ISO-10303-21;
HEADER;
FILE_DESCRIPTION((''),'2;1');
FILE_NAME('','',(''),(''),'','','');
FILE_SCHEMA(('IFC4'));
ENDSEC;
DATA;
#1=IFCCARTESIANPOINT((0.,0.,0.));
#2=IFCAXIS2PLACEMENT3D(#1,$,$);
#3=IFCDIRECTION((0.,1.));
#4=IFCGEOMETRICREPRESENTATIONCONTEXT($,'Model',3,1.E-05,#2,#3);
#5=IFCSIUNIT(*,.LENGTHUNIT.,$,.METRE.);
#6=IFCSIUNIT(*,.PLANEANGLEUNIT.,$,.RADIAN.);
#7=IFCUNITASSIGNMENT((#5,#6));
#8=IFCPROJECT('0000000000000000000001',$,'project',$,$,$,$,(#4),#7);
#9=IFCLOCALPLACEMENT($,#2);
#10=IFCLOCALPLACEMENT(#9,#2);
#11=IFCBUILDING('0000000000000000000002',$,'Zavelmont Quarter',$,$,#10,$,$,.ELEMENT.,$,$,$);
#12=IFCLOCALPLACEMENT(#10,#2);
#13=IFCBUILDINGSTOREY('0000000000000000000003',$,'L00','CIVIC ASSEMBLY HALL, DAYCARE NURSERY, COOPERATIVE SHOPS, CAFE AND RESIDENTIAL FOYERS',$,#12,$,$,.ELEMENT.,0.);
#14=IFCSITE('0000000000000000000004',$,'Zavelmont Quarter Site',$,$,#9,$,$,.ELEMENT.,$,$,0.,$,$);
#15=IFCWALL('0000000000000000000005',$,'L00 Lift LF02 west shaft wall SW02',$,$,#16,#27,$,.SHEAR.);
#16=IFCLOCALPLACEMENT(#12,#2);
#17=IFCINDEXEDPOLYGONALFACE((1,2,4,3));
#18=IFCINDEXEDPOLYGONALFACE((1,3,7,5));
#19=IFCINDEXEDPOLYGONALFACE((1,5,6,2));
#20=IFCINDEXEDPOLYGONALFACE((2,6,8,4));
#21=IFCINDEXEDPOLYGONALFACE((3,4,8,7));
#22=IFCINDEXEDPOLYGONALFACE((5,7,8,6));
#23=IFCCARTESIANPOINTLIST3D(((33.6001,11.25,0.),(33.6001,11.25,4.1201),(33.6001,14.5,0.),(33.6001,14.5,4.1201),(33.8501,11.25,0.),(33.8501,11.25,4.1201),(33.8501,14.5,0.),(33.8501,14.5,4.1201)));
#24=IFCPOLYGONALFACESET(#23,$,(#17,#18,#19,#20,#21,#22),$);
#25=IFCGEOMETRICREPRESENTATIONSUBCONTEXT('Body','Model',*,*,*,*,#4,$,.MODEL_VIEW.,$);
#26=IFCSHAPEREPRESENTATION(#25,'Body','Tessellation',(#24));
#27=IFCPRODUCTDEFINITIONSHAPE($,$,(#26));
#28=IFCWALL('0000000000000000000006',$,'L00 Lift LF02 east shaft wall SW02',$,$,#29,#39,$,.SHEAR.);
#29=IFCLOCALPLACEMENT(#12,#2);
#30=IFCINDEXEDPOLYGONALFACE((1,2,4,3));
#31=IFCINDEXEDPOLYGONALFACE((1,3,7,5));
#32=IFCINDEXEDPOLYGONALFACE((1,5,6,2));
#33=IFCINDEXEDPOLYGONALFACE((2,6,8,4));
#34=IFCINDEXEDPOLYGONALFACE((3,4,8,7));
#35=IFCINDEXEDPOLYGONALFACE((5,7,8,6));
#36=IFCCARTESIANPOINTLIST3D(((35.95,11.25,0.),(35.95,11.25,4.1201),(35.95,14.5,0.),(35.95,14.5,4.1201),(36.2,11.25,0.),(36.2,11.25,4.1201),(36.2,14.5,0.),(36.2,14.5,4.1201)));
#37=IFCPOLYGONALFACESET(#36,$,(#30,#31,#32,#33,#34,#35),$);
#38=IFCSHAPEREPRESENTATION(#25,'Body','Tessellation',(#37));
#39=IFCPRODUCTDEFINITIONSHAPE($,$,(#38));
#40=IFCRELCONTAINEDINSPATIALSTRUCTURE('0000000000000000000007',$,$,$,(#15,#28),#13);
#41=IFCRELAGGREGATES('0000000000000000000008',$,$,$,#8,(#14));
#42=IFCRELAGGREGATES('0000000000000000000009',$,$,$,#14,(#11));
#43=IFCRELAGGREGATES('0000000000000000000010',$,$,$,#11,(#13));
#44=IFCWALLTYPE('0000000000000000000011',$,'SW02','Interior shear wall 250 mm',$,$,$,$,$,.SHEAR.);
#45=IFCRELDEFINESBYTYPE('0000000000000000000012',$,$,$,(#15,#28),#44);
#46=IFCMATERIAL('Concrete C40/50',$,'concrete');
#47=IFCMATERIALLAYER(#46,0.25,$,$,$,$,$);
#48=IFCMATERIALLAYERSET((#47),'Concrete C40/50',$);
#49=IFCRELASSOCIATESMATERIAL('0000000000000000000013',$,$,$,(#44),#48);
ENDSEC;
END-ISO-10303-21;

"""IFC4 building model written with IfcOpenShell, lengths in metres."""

from ifc_helpers import new_model, si_unit, direction, frame, frame_2d, origin, place, context, subcontext, project, spatial, rectangle, extrude, material, layer, layer_set, type_object, element, save


model = new_model("IFC4")

# Units and contexts
model_context = context("Model", 3, precision=1e-05, world=origin(), true_north=direction((0.0, 1.0)))
body_context = subcontext(model_context, "Body", "Model", "MODEL_VIEW")
ifc_project = project(units=[si_unit("LENGTHUNIT", "METRE"), si_unit("PLANEANGLEUNIT", "RADIAN")], contexts=[model_context])

# Site, building, storey
site_placement = place(None, origin())
site = spatial("IfcSite", under=ifc_project, at=site_placement, Name="Zavelmont Quarter Site", CompositionType="ELEMENT", RefElevation=0.0)
building_placement = place(site_placement, origin())
building = spatial("IfcBuilding", under=site, at=building_placement, Name="Zavelmont Quarter", CompositionType="ELEMENT")
storey_placement = place(building_placement, origin())
storey = spatial("IfcBuildingStorey", under=building, at=storey_placement, Name="L00", Description="CIVIC ASSEMBLY HALL, DAYCARE NURSERY, COOPERATIVE SHOPS, CAFE AND RESIDENTIAL FOYERS", CompositionType="ELEMENT", Elevation=0.0)

# Shared definitions
ifc_material_1 = material(Name="Concrete C40/50", Category="concrete")

# Walls
ifc_layer_1 = layer(ifc_material_1, 0.25)
ifc_layer_set_1 = layer_set([ifc_layer_1], Name="Concrete C40/50")
wall_type_1 = type_object("IfcWallType", Name="SW02", Description="Interior shear wall 250 mm", PredefinedType="SHEAR", material=ifc_layer_set_1)
for number, where, z_axis, x_axis, name in (
    (1, (33.7251, 11.25, 0.0), (0.0, 0.0, 1.0), (0.0, 1.0, 0.0), "L00 Lift LF02 west shaft wall SW02"),
    (2, (36.075, 11.25, 0.0), (0.0, 0.0, 1.0), (0.0, 1.0, 0.0), "L00 Lift LF02 east shaft wall SW02"),
):
    element("IfcWall", number, at=place(storey_placement, frame(where, z_axis=z_axis, x_axis=x_axis)), inside=storey, type_object=wall_type_1, Name=name, PredefinedType="SHEAR", context=body_context, shape_type="SweptSolid", body=[
        extrude(rectangle(XDim=3.25, YDim=0.25, at=frame_2d((1.625, 0.0))), origin(), (0.0, 0.0, 1.0), 4.1201),
    ])

save(model, "model.ifc")
